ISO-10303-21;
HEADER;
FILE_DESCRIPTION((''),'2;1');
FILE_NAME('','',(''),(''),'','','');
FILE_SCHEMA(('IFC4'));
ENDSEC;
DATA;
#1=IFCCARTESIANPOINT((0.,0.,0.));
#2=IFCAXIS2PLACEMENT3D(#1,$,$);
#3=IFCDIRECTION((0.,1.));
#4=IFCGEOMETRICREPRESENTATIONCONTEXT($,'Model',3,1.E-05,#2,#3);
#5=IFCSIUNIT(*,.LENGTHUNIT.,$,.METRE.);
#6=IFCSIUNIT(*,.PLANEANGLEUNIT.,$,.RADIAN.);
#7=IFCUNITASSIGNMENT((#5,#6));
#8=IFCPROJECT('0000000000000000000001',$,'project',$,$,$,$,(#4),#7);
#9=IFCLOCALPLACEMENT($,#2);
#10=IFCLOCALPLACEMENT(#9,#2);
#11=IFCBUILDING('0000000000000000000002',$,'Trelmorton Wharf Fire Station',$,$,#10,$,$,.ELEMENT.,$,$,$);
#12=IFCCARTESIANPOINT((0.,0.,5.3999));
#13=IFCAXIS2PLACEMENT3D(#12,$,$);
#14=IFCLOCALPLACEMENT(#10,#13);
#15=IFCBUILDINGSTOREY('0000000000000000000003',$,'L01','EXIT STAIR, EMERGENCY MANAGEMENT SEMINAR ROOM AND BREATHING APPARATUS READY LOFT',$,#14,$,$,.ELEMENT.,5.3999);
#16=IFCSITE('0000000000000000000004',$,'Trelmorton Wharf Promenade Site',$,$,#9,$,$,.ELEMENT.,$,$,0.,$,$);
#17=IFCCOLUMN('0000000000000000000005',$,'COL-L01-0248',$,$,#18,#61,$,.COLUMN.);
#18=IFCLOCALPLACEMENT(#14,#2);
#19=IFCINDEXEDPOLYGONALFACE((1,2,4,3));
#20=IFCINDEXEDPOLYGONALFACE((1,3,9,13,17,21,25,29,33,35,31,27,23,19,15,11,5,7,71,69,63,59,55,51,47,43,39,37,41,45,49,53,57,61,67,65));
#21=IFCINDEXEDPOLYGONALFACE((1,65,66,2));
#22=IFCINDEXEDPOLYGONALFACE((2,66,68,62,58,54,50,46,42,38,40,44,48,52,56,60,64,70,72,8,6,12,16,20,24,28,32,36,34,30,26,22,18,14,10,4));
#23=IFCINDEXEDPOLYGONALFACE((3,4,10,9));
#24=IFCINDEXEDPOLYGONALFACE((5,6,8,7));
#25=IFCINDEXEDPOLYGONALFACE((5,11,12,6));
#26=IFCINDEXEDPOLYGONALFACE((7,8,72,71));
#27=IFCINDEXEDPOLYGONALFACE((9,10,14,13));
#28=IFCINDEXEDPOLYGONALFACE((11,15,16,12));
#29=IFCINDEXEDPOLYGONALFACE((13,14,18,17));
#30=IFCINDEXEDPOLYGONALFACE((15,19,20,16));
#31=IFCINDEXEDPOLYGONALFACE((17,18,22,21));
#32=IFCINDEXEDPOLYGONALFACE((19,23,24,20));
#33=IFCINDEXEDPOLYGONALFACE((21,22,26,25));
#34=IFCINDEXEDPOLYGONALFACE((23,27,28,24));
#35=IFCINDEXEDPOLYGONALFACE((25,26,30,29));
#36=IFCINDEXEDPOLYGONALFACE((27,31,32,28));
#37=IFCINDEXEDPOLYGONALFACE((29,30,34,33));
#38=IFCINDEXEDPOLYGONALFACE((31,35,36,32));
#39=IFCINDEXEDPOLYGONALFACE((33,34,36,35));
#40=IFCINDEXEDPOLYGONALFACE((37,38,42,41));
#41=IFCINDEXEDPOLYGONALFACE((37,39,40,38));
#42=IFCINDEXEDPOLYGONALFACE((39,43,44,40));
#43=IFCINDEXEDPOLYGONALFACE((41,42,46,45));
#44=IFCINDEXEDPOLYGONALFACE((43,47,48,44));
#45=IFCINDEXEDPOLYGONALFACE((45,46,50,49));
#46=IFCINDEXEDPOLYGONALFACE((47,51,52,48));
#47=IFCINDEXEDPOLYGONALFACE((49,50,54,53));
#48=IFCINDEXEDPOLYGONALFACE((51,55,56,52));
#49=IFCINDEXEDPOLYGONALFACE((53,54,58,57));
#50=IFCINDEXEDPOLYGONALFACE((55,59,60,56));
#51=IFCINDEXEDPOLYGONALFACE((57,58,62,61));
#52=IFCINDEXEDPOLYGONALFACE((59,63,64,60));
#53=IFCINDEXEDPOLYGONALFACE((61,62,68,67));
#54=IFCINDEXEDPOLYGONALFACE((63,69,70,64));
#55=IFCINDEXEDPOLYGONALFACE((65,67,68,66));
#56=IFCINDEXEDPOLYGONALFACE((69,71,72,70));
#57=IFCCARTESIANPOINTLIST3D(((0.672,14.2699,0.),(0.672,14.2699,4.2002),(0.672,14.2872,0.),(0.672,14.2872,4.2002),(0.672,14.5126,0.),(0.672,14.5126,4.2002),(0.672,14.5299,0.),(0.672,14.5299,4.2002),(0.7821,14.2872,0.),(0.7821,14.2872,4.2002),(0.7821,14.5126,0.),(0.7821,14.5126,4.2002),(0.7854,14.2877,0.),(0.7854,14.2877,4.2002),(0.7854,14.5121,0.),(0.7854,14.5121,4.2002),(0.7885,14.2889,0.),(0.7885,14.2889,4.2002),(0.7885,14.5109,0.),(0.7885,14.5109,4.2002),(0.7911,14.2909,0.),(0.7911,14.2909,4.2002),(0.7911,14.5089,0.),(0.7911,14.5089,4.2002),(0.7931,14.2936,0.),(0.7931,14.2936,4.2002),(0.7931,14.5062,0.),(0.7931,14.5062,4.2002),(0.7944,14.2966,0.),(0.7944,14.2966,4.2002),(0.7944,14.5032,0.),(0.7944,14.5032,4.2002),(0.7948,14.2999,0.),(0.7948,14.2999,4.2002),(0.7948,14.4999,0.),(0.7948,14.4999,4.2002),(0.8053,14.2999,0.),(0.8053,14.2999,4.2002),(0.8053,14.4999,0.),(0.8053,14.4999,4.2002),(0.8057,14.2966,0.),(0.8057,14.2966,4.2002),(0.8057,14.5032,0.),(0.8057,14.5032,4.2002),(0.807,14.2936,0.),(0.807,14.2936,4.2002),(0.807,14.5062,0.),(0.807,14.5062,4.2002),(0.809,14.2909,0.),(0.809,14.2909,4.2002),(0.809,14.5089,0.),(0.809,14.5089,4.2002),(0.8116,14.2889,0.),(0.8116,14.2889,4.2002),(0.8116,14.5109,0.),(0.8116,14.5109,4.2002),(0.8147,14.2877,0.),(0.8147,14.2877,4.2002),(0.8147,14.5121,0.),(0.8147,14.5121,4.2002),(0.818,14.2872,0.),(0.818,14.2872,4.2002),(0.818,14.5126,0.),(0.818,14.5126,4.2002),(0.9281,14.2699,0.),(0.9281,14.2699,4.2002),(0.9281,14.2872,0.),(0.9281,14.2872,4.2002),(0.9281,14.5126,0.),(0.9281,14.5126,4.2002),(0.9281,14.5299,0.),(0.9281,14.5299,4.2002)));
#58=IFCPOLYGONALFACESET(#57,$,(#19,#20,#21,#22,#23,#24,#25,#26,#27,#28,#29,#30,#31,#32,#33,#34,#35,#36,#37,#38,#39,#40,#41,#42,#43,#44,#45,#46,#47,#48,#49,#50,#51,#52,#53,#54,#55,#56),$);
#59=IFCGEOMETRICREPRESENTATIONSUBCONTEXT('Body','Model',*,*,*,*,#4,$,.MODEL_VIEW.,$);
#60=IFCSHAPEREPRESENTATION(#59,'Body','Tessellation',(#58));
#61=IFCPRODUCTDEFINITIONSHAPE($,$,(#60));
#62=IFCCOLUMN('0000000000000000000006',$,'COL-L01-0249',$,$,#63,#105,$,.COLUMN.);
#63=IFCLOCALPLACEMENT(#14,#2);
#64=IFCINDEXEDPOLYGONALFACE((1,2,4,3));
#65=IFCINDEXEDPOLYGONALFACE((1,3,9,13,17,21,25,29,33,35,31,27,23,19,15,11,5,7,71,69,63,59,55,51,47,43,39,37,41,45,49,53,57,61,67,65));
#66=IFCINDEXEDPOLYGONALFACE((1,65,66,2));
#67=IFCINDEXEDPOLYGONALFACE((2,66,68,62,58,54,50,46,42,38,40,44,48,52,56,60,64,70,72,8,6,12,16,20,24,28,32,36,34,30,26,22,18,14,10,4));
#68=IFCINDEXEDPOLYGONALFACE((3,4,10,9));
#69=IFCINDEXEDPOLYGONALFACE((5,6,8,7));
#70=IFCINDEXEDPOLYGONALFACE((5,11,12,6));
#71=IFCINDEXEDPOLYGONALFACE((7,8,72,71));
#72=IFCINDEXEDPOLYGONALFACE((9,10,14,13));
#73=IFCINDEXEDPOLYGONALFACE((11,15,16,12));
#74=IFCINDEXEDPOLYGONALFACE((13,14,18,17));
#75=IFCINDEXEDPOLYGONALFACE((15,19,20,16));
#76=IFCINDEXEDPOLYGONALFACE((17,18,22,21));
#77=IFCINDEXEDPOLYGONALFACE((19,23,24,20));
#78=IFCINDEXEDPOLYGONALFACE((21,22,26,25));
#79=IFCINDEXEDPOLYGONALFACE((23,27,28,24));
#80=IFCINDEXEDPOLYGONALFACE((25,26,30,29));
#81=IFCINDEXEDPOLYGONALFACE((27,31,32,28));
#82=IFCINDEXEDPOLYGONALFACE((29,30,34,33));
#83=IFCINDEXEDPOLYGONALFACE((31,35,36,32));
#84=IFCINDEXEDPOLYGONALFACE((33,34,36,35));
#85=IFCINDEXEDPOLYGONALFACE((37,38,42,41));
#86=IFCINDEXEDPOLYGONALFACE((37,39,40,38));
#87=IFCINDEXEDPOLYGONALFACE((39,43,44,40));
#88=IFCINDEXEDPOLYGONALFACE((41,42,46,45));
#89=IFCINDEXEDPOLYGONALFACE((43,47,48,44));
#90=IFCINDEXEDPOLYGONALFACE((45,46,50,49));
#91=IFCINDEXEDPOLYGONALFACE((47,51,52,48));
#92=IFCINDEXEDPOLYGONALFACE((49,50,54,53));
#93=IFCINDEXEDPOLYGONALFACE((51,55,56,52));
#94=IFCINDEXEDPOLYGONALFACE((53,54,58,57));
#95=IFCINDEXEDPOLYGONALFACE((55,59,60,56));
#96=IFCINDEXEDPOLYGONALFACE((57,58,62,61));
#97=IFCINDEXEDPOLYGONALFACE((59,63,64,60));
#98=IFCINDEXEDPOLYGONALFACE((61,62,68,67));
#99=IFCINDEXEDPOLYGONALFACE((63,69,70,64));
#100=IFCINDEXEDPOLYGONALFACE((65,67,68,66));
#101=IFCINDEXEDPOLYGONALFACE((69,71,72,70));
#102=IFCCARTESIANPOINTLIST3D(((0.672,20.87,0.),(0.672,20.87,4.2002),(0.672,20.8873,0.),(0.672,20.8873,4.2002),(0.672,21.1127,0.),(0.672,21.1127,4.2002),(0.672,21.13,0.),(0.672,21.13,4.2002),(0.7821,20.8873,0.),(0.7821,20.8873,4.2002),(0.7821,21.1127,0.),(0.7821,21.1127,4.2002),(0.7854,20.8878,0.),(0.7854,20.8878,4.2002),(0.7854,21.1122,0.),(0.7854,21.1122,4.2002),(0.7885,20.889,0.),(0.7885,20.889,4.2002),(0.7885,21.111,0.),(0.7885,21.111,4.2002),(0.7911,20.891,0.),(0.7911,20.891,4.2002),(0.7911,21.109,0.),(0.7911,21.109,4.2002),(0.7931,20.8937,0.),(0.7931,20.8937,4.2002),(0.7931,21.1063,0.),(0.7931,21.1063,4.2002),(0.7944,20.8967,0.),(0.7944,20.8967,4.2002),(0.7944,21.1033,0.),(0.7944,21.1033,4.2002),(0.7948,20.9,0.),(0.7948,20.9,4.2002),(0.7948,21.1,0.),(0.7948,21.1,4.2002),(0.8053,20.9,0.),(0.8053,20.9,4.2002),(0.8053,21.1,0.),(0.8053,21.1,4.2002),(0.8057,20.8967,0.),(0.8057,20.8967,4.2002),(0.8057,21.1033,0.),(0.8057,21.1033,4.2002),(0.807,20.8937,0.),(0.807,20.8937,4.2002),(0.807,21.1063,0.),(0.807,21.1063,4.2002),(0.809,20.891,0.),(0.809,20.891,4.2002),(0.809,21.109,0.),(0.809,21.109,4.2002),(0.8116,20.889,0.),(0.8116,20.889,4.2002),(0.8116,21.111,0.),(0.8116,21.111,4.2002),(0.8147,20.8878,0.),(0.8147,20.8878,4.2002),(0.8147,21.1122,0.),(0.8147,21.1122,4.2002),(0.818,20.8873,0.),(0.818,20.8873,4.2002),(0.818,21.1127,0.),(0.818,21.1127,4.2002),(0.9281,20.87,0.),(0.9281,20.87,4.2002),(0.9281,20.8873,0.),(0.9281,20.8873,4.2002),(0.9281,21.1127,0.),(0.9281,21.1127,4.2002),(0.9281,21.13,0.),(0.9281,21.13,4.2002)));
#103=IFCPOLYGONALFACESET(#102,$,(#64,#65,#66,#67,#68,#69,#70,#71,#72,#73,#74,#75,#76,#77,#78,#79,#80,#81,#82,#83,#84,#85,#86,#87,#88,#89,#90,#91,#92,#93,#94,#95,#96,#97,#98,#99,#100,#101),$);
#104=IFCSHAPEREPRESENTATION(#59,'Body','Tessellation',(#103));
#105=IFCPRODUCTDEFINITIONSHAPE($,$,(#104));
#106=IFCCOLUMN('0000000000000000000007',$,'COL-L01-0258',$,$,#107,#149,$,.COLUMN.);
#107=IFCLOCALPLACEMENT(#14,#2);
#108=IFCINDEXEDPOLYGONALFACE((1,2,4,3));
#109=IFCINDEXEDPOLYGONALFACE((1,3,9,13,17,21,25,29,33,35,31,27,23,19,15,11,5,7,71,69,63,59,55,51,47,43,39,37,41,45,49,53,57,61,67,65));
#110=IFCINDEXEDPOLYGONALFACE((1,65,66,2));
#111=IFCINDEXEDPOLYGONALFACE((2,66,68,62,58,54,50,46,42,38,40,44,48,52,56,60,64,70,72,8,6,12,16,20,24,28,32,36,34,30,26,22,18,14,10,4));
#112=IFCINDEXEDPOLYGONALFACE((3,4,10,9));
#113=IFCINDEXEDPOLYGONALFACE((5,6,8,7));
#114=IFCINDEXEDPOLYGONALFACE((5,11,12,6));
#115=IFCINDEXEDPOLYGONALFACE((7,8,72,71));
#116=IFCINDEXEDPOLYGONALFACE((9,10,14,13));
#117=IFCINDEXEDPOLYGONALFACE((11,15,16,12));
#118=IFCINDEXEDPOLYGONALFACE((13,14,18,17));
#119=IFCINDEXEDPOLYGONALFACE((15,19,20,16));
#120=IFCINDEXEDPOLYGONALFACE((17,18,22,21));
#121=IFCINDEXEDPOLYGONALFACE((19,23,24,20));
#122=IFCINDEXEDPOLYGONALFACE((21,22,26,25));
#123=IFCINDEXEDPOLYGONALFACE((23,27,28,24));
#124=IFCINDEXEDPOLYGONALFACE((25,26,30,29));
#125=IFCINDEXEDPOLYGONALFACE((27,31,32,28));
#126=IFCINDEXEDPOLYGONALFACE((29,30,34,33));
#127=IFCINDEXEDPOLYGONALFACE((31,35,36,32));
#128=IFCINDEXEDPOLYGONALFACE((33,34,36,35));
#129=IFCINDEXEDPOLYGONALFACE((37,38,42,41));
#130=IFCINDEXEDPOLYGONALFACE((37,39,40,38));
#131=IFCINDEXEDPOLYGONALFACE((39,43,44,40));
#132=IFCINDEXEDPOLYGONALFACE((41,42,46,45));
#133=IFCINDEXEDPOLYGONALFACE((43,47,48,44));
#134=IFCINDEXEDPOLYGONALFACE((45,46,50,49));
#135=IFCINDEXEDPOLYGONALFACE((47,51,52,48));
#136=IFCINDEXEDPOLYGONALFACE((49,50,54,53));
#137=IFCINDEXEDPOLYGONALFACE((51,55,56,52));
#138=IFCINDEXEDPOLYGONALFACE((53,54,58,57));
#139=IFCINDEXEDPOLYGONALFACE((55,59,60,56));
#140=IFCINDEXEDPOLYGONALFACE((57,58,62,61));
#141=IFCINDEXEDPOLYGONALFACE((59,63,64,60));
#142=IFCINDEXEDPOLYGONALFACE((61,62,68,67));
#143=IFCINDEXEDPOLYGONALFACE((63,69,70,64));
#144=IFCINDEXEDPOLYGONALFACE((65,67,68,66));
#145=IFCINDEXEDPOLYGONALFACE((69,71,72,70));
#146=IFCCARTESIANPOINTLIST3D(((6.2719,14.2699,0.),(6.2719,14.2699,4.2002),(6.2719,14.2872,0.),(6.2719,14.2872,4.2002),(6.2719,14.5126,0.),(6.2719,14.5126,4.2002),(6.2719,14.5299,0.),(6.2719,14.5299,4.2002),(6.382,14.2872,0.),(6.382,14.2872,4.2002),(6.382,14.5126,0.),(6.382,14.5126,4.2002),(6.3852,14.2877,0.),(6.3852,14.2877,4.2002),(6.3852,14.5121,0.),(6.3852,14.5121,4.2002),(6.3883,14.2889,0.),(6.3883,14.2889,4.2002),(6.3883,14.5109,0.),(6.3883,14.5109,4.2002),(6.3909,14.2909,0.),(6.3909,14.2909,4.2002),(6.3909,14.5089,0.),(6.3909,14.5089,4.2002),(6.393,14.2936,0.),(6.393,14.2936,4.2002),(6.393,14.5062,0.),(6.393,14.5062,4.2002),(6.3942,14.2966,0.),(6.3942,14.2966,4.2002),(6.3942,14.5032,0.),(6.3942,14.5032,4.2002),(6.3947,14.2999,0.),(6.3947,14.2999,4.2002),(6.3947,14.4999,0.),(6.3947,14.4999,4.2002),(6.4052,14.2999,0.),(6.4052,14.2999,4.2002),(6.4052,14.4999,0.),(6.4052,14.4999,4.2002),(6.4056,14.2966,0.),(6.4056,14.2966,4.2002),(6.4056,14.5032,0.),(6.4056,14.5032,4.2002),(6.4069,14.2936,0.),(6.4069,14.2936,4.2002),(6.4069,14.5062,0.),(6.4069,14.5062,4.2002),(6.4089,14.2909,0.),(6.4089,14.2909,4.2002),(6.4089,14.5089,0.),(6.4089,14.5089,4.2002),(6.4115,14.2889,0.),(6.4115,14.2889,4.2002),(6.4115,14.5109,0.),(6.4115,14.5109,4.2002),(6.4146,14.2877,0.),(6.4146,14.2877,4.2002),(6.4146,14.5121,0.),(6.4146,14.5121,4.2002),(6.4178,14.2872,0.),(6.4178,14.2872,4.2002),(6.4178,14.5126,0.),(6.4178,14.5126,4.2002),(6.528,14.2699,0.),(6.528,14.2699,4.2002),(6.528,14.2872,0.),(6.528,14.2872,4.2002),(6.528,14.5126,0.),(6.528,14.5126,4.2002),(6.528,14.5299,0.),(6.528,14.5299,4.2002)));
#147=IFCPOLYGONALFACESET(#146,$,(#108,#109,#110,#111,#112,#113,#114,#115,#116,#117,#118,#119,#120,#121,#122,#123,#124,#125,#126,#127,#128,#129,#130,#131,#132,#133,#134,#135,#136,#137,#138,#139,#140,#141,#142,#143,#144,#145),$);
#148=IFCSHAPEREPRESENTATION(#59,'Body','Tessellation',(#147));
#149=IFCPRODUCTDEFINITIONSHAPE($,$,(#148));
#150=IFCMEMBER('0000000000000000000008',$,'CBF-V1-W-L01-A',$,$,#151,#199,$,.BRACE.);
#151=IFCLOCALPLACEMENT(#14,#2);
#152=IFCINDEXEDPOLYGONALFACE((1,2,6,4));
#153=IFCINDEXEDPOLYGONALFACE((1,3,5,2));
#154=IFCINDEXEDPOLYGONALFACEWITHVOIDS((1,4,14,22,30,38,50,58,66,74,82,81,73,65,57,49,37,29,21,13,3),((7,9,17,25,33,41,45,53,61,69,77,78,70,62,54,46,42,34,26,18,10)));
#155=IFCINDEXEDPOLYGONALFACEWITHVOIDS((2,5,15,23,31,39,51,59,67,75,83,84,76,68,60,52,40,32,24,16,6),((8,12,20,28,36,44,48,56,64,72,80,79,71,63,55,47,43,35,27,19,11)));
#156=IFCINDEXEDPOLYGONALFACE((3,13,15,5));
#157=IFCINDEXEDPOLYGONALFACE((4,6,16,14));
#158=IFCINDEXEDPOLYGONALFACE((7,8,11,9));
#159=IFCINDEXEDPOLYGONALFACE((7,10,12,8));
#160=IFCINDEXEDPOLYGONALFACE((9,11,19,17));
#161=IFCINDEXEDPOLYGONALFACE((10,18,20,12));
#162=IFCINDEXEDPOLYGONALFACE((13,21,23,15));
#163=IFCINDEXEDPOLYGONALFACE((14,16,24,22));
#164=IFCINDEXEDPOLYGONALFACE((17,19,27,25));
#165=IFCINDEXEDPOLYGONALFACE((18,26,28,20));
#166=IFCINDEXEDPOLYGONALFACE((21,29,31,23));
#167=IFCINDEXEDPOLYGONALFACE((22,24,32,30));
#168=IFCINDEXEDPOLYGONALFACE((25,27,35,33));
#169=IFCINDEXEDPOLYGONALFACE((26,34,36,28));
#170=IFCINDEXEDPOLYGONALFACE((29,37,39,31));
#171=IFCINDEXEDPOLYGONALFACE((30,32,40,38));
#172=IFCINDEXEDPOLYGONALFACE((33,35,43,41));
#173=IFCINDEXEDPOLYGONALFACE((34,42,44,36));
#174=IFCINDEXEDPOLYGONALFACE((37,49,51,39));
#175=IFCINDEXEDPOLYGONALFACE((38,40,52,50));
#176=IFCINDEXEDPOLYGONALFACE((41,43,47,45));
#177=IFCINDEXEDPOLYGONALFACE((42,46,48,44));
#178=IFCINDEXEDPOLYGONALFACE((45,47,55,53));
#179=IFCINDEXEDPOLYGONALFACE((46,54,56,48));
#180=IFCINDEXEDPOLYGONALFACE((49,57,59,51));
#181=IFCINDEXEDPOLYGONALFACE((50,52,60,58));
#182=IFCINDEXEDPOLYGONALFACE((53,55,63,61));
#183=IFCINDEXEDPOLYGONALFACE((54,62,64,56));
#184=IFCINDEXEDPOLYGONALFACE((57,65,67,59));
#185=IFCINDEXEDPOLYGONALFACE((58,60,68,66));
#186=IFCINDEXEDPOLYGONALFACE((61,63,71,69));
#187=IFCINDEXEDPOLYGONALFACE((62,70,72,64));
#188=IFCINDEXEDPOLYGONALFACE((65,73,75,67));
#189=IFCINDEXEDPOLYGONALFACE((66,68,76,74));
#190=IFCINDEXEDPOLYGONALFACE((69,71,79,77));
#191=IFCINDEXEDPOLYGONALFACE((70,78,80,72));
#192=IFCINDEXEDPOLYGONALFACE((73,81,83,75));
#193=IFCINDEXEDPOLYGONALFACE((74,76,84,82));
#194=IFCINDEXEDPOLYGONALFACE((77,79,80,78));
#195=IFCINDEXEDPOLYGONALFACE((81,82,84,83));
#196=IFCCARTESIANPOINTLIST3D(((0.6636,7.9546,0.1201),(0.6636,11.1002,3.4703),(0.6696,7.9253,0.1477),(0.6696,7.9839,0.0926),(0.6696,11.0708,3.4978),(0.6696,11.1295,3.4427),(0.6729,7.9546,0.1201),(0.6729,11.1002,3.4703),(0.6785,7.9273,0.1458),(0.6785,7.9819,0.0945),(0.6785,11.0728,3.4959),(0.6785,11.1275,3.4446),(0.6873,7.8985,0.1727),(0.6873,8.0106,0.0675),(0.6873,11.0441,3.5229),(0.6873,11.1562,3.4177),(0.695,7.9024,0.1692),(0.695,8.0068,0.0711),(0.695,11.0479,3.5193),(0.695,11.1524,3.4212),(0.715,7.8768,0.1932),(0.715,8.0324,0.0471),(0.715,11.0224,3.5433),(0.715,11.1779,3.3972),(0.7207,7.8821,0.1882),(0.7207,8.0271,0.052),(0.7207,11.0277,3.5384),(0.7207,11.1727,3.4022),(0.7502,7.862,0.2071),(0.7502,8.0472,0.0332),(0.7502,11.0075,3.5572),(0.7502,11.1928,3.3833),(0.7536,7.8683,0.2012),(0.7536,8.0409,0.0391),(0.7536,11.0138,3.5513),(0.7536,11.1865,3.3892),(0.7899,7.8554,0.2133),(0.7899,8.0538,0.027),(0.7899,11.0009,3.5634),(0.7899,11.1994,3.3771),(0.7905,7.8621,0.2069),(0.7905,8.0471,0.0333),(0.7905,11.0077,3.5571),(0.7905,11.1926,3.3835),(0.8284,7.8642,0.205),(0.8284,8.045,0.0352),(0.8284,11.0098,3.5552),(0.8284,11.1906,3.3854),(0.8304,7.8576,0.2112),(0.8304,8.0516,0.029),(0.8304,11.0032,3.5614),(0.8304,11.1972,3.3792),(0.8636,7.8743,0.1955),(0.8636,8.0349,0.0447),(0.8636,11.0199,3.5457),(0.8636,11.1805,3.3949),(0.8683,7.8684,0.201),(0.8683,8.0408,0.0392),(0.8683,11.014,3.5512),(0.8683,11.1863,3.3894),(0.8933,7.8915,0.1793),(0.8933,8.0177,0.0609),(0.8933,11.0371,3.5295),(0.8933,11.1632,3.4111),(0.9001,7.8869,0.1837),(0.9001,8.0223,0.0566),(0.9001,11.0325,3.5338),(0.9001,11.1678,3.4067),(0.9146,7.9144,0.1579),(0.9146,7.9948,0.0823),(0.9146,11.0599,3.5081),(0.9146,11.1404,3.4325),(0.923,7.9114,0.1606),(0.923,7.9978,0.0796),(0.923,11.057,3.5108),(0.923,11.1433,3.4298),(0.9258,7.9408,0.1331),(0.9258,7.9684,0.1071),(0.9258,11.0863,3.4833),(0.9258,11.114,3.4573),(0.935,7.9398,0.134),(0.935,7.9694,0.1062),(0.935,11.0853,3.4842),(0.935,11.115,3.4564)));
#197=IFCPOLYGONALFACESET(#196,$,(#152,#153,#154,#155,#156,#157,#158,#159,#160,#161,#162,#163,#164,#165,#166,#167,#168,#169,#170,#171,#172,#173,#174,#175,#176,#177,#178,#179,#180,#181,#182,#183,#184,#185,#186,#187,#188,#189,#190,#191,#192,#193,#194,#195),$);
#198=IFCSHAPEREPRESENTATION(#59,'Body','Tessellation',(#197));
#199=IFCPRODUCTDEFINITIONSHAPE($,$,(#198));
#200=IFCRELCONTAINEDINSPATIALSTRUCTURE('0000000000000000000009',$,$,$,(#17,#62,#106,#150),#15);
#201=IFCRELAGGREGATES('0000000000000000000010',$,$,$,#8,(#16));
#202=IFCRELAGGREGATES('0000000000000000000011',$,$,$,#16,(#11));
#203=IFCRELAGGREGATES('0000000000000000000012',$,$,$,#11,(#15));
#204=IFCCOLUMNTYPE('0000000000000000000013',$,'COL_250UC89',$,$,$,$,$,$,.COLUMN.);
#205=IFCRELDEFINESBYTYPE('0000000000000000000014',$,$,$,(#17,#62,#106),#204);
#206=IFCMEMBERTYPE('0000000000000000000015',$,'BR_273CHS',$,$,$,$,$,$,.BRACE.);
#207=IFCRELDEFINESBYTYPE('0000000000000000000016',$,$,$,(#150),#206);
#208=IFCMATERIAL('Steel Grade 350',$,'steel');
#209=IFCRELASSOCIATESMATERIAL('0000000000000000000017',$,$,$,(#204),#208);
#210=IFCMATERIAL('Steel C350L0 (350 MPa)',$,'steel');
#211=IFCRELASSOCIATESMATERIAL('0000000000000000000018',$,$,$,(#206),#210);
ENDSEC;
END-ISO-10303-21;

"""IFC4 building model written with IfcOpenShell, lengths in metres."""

from ifc_helpers import new_model, si_unit, direction, frame, origin, origin_2d, place, context, subcontext, project, spatial, hollow_circle, i_section, extrude, material, material_profile, profile_set, type_object, element, save


model = new_model("IFC4")

# Units and contexts
model_context = context("Model", 3, precision=1e-05, world=origin(), true_north=direction((0.0, 1.0)))
body_context = subcontext(model_context, "Body", "Model", "MODEL_VIEW")
ifc_project = project(units=[si_unit("LENGTHUNIT", "METRE"), si_unit("PLANEANGLEUNIT", "RADIAN")], contexts=[model_context])

# Site, building, storey
site_placement = place(None, origin())
site = spatial("IfcSite", under=ifc_project, at=site_placement, Name="Trelmorton Wharf Promenade Site", CompositionType="ELEMENT", RefElevation=0.0)
building_placement = place(site_placement, origin())
building = spatial("IfcBuilding", under=site, at=building_placement, Name="Trelmorton Wharf Fire Station", CompositionType="ELEMENT")
storey_placement = place(building_placement, frame((0.0, 0.0, 5.3999)))
storey = spatial("IfcBuildingStorey", under=building, at=storey_placement, Name="L01", Description="EXIT STAIR, EMERGENCY MANAGEMENT SEMINAR ROOM AND BREATHING APPARATUS READY LOFT", CompositionType="ELEMENT", Elevation=5.3999)

# Columns
ifc_material_1 = material(Name="Steel Grade 350", Category="steel")
ifc_material_profile_1 = material_profile(ifc_material_1, i_section(OverallWidth=0.2561, OverallDepth=0.26, WebThickness=0.0105, FlangeThickness=0.0173, FilletRadius=0.0127, at=origin_2d()), Name="250UC89.5")
ifc_profile_set_1 = profile_set([ifc_material_profile_1], Name="Steel Grade 350")
column_type = type_object("IfcColumnType", Name="COL_250UC89", PredefinedType="COLUMN", material=ifc_profile_set_1)
for number, where, z_axis, x_axis, name in (
    (1, (0.8, 14.3999, 0.0), (0.0, 0.0, 1.0), (1.0, 0.0, 0.0), "COL-L01-0248"),
    (2, (0.8, 21.0, 0.0), (0.0, 0.0, 1.0), (1.0, 0.0, 0.0), "COL-L01-0249"),
    (3, (6.3999, 14.3999, 0.0), (0.0, 0.0, 1.0), (1.0, 0.0, 0.0), "COL-L01-0258"),
):
    element("IfcColumn", number, at=place(storey_placement, frame(where, z_axis=z_axis, x_axis=x_axis)), inside=storey, type_object=column_type, Name=name, PredefinedType="COLUMN", context=body_context, shape_type="SweptSolid", body=[
        extrude(i_section(OverallWidth=0.2561, OverallDepth=0.26, WebThickness=0.0105, FlangeThickness=0.0173, FilletRadius=0.0127, at=origin_2d()), origin(), (0.0, 0.0, 1.0), 4.2002),
    ])

# Member
ifc_material_2 = material(Name="Steel C350L0 (350 MPa)", Category="steel")
ifc_material_profile_2 = material_profile(ifc_material_2, hollow_circle(Radius=0.1365, WallThickness=0.0093, at=origin_2d()), Name="273.1x9.3CHS")
ifc_profile_set_2 = profile_set([ifc_material_profile_2], Name="Steel C350L0 (350 MPa)")
member_type_1 = type_object("IfcMemberType", Name="BR_273CHS", PredefinedType="BRACE", material=ifc_profile_set_2)
member_1_placement = place(storey_placement, frame((0.8, 7.9546, 0.1201), z_axis=(0.0, 0.684496, 0.729017), x_axis=(-1.0, 0.0, 0.0)))
element("IfcMember", 4, at=member_1_placement, inside=storey, type_object=member_type_1, Name="CBF-V1-W-L01-A", PredefinedType="BRACE", context=body_context, shape_type="SweptSolid", body=[
    extrude(hollow_circle(Radius=0.1365, WallThickness=0.0093, at=origin_2d()), origin(), (0.0, 0.0, 1.0), 4.5955),
])

save(model, "model.ifc")
